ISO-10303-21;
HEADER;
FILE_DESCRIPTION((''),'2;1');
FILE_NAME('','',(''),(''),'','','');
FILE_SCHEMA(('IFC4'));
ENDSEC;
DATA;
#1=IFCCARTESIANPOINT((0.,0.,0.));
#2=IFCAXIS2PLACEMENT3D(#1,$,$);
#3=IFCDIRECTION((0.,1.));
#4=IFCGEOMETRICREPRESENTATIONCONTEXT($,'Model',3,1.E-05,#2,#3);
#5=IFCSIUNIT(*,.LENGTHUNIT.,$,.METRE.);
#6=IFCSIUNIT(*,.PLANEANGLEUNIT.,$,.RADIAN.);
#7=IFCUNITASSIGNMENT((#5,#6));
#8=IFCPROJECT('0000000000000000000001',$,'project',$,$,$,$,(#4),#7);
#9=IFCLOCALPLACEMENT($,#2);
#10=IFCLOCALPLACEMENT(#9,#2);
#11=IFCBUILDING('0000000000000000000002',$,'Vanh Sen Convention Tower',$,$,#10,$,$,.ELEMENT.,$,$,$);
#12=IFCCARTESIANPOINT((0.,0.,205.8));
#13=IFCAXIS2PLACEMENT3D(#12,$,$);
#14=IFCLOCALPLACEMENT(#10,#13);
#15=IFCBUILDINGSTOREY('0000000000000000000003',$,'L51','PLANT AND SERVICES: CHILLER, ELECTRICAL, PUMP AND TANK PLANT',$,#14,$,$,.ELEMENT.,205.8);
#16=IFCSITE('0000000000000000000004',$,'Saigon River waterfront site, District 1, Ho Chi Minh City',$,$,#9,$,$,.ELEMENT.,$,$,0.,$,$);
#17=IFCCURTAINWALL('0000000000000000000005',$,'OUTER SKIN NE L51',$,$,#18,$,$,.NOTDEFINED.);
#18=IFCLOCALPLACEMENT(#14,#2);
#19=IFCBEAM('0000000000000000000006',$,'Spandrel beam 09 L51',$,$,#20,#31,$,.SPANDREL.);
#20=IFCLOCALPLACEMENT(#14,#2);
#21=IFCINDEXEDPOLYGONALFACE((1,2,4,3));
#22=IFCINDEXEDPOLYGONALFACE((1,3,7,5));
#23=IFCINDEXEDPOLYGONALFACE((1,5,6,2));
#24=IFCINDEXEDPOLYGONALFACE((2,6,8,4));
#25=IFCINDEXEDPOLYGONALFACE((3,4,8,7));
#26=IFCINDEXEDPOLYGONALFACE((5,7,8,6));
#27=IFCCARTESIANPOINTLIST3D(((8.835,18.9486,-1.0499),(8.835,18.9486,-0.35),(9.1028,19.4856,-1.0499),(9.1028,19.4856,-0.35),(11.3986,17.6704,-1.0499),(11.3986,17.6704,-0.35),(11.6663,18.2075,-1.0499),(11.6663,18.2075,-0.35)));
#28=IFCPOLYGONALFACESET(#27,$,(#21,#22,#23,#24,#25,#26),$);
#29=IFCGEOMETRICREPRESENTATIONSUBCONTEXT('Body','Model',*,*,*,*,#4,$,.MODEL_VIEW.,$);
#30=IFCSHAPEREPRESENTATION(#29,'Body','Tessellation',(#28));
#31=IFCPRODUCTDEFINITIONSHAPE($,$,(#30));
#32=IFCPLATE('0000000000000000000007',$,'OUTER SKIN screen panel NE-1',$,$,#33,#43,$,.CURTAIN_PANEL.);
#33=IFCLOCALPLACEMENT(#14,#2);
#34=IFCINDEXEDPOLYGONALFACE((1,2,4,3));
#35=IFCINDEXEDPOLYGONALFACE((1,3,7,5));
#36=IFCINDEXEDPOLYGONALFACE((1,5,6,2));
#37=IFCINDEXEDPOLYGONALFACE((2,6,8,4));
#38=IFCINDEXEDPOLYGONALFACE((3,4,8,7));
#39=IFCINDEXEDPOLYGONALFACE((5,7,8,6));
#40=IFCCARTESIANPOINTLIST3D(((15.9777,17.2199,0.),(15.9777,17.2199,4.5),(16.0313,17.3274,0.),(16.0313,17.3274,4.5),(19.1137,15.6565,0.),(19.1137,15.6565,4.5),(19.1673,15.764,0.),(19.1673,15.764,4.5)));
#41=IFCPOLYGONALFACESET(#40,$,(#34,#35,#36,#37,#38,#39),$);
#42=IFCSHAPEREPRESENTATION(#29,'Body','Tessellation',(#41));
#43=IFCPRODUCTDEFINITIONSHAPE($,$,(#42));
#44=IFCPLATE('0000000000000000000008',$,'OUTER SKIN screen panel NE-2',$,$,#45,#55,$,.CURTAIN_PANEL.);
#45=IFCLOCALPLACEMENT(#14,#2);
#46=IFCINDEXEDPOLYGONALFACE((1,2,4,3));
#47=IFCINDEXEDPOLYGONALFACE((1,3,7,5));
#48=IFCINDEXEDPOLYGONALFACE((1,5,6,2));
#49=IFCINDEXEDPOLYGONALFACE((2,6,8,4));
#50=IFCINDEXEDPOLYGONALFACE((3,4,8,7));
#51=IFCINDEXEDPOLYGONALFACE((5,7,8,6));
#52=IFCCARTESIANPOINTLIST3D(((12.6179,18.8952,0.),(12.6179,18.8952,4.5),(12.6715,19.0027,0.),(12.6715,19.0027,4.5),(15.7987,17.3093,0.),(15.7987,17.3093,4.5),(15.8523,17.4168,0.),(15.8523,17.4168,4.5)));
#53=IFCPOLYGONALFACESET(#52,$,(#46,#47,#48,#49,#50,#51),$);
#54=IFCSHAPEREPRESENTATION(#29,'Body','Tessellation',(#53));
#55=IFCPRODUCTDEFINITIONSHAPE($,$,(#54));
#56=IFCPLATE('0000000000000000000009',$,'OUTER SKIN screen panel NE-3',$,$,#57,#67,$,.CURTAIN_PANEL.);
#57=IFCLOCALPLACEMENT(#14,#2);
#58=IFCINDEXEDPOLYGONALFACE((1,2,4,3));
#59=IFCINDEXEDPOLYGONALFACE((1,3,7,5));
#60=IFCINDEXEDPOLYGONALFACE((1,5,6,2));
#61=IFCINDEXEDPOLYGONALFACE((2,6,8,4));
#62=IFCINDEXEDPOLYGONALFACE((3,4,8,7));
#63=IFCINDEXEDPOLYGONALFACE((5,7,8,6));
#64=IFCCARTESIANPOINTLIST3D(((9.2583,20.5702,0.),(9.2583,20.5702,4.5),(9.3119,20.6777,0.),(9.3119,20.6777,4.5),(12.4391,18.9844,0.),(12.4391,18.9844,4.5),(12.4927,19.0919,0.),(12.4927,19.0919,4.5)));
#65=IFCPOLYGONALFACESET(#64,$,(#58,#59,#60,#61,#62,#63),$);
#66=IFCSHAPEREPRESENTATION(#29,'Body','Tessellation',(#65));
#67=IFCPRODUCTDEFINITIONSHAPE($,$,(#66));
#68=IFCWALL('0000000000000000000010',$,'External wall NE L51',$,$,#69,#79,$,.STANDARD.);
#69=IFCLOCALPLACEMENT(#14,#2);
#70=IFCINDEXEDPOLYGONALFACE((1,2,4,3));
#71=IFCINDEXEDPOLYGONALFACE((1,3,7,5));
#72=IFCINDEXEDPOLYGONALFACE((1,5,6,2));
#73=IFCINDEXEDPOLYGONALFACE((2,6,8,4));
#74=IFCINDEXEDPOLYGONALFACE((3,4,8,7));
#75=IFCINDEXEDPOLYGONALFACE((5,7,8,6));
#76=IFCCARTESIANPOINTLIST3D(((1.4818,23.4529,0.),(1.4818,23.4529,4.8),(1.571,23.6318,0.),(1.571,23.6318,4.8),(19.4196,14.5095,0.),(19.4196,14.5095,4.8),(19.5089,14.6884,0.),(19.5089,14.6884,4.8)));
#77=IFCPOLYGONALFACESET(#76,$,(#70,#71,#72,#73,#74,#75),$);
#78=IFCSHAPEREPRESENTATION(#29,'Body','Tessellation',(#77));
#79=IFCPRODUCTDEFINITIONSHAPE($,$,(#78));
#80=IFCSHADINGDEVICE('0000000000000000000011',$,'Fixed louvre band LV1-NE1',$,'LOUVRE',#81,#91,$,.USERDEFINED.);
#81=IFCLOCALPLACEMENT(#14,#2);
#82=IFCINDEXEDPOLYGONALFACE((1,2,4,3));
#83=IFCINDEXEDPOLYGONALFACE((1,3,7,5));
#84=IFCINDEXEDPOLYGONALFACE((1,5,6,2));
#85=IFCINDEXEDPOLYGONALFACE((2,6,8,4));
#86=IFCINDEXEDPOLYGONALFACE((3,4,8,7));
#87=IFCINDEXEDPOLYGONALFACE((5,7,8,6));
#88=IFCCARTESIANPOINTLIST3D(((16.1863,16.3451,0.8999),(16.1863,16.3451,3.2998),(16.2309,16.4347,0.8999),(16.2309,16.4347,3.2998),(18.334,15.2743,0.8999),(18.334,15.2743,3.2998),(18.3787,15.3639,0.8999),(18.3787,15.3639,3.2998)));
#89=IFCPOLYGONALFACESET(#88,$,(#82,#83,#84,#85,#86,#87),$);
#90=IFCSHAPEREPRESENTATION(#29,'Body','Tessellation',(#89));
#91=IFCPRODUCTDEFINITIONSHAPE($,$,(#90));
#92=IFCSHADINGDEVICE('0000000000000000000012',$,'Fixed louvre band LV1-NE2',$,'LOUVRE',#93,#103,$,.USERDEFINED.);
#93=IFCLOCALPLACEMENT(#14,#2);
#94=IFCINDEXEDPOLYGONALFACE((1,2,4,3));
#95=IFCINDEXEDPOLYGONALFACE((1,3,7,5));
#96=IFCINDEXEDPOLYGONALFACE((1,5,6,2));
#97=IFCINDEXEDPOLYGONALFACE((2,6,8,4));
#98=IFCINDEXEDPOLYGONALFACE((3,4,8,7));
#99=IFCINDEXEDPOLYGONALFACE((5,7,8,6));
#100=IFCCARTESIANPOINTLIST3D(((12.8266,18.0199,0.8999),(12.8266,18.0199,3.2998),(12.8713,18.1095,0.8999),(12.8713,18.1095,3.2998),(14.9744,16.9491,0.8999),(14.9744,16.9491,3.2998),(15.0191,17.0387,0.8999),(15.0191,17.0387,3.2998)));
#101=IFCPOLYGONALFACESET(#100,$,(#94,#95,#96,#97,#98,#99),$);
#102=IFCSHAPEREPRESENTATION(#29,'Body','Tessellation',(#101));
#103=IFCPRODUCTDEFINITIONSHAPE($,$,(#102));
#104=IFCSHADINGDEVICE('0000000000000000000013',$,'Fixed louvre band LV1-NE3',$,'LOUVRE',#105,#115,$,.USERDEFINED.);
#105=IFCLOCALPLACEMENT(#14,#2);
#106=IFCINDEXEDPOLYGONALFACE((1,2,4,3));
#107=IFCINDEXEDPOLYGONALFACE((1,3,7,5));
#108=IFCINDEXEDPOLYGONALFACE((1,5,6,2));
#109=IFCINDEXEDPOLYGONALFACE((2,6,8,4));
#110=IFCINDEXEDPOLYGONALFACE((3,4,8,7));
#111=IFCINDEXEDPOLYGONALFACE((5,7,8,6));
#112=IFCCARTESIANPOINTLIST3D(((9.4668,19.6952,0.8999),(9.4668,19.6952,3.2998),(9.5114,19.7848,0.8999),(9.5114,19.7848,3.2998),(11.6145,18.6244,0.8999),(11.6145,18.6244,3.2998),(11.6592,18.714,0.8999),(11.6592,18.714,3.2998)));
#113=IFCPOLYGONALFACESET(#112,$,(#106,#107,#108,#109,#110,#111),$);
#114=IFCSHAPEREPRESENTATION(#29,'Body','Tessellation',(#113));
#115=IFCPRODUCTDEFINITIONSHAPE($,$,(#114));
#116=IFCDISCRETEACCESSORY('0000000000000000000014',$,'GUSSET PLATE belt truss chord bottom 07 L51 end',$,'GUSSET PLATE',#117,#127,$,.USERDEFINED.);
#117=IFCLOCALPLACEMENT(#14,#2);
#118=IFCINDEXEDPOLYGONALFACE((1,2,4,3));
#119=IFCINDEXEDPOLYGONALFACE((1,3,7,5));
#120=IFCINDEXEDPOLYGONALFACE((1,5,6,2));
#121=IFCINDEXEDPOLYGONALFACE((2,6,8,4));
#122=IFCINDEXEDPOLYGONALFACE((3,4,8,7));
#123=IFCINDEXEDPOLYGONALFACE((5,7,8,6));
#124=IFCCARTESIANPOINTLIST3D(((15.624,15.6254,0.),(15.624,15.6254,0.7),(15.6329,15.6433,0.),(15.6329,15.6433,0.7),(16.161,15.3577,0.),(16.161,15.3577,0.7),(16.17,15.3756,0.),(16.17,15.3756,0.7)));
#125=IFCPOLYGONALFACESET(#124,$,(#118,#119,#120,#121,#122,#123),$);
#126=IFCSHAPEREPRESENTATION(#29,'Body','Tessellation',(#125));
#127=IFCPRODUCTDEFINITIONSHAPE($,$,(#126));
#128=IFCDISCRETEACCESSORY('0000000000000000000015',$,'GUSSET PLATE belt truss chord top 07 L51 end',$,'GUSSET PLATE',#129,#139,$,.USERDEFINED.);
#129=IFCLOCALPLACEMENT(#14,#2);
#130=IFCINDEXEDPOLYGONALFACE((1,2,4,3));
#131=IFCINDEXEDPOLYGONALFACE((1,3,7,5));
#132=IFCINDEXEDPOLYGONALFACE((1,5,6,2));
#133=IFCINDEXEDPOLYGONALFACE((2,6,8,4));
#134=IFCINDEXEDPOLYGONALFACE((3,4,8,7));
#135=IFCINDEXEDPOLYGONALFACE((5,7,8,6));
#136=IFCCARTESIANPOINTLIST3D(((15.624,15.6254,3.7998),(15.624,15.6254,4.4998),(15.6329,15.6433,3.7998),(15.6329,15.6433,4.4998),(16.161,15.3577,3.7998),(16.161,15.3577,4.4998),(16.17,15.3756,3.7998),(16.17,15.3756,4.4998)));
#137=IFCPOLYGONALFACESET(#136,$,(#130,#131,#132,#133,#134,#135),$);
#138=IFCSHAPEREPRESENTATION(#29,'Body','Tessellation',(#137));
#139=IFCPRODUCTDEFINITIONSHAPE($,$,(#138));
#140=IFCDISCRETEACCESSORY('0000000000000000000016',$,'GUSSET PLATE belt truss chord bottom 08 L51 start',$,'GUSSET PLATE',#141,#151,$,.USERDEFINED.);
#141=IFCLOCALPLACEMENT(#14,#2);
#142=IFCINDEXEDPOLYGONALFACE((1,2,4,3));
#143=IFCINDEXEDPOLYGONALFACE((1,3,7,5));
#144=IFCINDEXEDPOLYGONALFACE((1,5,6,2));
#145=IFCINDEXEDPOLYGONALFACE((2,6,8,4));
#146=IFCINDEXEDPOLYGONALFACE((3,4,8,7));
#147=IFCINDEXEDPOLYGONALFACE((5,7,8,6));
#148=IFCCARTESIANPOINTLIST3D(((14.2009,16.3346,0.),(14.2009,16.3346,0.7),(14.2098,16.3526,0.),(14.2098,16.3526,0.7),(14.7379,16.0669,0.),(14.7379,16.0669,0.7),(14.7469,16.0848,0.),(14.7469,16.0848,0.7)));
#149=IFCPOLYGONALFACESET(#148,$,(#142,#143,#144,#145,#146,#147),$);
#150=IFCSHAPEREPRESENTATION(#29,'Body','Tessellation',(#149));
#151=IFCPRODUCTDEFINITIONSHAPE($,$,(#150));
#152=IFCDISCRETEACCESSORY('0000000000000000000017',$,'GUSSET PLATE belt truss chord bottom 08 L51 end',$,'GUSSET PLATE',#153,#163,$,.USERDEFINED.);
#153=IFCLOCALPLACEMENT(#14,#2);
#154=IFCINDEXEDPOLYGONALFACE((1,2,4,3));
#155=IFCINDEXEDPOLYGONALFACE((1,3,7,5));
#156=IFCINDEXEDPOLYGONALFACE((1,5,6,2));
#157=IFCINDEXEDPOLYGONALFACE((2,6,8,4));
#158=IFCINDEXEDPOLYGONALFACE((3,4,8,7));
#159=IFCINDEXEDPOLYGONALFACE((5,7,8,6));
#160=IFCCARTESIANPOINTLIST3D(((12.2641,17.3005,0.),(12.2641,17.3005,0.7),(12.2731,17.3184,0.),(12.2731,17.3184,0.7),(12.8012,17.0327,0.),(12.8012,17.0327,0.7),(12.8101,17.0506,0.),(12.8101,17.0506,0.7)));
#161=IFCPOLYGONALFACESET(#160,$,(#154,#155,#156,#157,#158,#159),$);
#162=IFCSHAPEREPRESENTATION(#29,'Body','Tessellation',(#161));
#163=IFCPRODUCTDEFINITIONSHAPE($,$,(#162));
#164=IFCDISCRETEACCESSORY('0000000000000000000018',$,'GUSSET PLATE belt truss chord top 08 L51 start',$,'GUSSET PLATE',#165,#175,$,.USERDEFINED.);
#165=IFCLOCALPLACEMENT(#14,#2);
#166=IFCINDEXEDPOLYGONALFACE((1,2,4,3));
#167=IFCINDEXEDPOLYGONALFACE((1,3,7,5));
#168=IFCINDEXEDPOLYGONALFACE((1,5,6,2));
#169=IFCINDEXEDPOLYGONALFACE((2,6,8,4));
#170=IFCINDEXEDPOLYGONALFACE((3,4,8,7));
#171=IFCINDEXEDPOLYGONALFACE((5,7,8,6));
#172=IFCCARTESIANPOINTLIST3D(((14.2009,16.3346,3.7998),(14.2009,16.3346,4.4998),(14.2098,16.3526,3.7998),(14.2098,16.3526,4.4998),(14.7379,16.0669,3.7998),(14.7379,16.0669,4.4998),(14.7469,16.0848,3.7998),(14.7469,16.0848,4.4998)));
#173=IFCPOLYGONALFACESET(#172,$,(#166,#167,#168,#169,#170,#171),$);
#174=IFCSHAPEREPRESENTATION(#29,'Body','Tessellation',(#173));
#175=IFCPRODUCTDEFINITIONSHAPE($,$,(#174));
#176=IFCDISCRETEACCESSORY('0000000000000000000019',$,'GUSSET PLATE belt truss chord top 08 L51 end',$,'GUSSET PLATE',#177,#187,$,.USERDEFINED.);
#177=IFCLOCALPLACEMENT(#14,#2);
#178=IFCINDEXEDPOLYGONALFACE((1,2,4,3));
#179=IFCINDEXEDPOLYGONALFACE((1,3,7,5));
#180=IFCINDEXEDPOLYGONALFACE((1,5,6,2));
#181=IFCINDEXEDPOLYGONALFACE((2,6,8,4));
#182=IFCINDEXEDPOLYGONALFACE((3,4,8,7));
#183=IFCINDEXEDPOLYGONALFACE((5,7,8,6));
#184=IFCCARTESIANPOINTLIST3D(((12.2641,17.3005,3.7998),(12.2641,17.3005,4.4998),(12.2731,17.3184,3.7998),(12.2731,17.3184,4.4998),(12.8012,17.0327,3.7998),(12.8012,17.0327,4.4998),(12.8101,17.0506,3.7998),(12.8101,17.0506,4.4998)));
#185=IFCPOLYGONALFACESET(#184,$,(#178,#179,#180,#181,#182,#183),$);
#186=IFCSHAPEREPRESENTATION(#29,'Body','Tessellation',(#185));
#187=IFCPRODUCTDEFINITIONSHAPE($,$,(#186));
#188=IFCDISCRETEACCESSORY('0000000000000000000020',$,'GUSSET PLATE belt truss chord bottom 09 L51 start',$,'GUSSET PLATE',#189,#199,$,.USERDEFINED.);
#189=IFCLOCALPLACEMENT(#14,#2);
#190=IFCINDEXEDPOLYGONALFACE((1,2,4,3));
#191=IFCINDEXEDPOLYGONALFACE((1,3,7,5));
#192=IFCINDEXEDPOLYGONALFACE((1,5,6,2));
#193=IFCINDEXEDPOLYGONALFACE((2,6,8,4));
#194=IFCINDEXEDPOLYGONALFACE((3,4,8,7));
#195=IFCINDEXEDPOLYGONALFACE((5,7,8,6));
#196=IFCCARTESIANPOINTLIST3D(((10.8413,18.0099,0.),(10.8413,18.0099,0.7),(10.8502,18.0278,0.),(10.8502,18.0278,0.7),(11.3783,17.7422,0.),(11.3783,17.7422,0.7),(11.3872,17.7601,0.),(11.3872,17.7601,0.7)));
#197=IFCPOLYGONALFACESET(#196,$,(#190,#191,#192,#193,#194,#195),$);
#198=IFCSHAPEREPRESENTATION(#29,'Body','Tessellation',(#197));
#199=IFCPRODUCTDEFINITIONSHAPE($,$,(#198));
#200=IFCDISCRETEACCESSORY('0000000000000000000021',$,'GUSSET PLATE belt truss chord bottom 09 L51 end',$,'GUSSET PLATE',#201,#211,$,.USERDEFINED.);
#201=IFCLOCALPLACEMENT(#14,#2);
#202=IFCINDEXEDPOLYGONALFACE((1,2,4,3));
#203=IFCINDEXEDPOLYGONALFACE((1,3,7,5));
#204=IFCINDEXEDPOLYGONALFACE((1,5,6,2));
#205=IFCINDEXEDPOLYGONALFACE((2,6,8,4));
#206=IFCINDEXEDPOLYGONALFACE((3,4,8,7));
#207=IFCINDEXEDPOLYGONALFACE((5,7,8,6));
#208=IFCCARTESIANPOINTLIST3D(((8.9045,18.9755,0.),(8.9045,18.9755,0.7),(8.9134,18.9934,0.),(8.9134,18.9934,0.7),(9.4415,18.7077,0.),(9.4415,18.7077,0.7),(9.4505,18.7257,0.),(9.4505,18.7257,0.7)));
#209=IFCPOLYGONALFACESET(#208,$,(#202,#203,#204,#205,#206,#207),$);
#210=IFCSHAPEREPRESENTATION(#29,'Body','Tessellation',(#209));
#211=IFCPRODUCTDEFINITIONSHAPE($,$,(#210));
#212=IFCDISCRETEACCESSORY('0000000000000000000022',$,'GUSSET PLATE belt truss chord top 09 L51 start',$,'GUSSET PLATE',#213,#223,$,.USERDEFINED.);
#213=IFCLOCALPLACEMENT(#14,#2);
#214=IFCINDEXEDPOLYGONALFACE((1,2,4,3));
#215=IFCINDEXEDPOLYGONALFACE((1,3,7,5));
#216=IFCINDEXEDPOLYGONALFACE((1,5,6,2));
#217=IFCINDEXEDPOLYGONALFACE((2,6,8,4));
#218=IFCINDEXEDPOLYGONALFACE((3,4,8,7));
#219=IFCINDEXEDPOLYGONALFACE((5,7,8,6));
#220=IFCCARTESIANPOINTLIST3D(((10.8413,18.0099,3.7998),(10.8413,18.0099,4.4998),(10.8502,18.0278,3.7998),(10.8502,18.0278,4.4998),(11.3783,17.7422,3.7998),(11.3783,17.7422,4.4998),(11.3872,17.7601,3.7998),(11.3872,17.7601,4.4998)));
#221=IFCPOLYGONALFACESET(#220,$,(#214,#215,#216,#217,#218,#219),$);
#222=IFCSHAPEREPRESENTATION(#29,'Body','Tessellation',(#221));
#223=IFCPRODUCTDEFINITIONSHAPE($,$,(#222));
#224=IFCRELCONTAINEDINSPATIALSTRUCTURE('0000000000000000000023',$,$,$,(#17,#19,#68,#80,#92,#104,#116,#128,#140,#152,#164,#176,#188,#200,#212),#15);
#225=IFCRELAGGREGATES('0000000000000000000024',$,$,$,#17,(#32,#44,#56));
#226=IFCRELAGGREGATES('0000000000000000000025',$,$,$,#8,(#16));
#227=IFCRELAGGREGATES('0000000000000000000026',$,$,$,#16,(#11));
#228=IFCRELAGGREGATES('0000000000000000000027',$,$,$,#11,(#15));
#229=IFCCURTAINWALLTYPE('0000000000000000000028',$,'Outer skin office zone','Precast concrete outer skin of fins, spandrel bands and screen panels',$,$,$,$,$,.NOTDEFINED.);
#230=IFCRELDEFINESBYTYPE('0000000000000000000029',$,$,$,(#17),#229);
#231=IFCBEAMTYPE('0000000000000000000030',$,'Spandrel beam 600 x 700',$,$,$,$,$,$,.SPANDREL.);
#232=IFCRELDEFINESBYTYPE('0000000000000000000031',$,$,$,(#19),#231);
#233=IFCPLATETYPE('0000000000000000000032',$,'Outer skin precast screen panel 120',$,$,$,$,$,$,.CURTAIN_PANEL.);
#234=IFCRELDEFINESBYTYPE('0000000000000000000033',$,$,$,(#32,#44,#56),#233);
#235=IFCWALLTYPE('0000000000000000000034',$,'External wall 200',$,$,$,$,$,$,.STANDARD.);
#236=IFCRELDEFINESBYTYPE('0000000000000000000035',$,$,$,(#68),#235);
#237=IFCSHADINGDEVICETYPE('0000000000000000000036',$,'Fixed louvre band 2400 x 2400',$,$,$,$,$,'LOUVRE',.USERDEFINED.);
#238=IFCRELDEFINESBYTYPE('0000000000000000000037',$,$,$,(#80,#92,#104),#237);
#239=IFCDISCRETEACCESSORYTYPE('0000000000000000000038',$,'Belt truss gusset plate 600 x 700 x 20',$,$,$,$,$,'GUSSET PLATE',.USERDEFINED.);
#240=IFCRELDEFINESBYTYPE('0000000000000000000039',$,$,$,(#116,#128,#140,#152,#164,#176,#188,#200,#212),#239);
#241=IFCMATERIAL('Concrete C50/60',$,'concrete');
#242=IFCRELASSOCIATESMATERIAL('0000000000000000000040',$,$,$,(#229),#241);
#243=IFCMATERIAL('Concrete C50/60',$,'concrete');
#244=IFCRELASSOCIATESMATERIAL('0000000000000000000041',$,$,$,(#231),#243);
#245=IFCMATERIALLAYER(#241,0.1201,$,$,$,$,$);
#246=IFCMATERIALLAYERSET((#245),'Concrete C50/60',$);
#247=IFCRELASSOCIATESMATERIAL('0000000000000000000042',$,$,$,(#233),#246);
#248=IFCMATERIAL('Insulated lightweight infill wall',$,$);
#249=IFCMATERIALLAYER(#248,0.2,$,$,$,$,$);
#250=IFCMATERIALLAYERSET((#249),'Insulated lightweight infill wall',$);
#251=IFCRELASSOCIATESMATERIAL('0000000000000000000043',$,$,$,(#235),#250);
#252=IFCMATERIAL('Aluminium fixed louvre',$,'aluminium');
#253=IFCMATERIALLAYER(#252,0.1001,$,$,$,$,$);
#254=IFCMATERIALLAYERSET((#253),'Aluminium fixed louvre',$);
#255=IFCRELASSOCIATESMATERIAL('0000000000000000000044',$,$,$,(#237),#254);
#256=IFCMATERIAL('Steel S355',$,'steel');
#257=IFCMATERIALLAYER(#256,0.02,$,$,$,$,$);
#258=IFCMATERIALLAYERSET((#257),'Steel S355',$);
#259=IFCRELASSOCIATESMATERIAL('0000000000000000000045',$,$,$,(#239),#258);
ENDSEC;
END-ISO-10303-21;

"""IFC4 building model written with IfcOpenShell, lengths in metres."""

from ifc_helpers import new_model, si_unit, direction, frame, frame_2d, origin, origin_2d, place, context, subcontext, project, spatial, rectangle, extrude, material, layer, layer_set, material_profile, profile_set, type_object, element, aggregate, save


model = new_model("IFC4")

# Units and contexts
model_context = context("Model", 3, precision=1e-05, world=origin(), true_north=direction((0.0, 1.0)))
body_context = subcontext(model_context, "Body", "Model", "MODEL_VIEW")
ifc_project = project(units=[si_unit("LENGTHUNIT", "METRE"), si_unit("PLANEANGLEUNIT", "RADIAN")], contexts=[model_context])

# Site, building, storey
site_placement = place(None, origin())
site = spatial("IfcSite", under=ifc_project, at=site_placement, Name="Saigon River waterfront site, District 1, Ho Chi Minh City", CompositionType="ELEMENT", RefElevation=0.0)
building_placement = place(site_placement, origin())
building = spatial("IfcBuilding", under=site, at=building_placement, Name="Vanh Sen Convention Tower", CompositionType="ELEMENT")
storey_placement = place(building_placement, frame((0.0, 0.0, 205.8)))
storey = spatial("IfcBuildingStorey", under=building, at=storey_placement, Name="L51", Description="PLANT AND SERVICES: CHILLER, ELECTRICAL, PUMP AND TANK PLANT", CompositionType="ELEMENT", Elevation=205.8)

# Shared definitions
ifc_material_1 = material(Name="Steel S355", Category="steel")

# Curtain wall
ifc_material_2 = material(Name="Concrete C50/60", Category="concrete")
curtain_wall_type = type_object("IfcCurtainWallType", Name="Outer skin office zone", Description="Precast concrete outer skin of fins, spandrel bands and screen panels", PredefinedType="NOTDEFINED", material=ifc_material_2)
curtain_wall_placement = place(storey_placement, origin())
curtain_wall = element("IfcCurtainWall", 1, at=curtain_wall_placement, inside=storey, type_object=curtain_wall_type, Name="OUTER SKIN NE L51", PredefinedType="NOTDEFINED")

# Beam
ifc_material_3 = material(Name="Concrete C50/60", Category="concrete")
ifc_material_profile_1 = material_profile(ifc_material_3, rectangle(XDim=0.6001, YDim=0.7, at=origin_2d()), Name="RC 600X700")
ifc_profile_set_1 = profile_set([ifc_material_profile_1], Name="Concrete C50/60")
beam_type_1 = type_object("IfcBeamType", Name="Spandrel beam 600 x 700", PredefinedType="SPANDREL", material=ifc_profile_set_1)
beam_1_placement = place(storey_placement, frame((11.5325, 17.939, -0.7), z_axis=(-0.894938, 0.446191, 0.0), x_axis=(-0.446191, -0.894938, 0.0)))
element("IfcBeam", 2, at=beam_1_placement, inside=storey, type_object=beam_type_1, Name="Spandrel beam 09 L51", PredefinedType="SPANDREL", context=body_context, shape_type="SweptSolid", body=[
    extrude(rectangle(XDim=0.6001, YDim=0.7, at=origin_2d()), origin(), (0.0, 0.0, 1.0), 2.8645),
])

# Plates
ifc_layer_1 = layer(ifc_material_2, 0.1201)
ifc_layer_set_1 = layer_set([ifc_layer_1], Name="Concrete C50/60")
plate_type = type_object("IfcPlateType", Name="Outer skin precast screen panel 120", PredefinedType="CURTAIN_PANEL", material=ifc_layer_set_1)
plate_1_placement = place(storey_placement, frame((17.5725, 16.4919, 0.0), z_axis=(0.0, 0.0, 1.0), x_axis=(-0.894944, 0.446179, 0.0)))
plate_1 = element("IfcPlate", 3, at=plate_1_placement, type_object=plate_type, Name="OUTER SKIN screen panel NE-1", PredefinedType="CURTAIN_PANEL", context=body_context, shape_type="SweptSolid", body=[
    extrude(rectangle(XDim=3.5042, YDim=0.1201, at=origin_2d()), origin(), (0.0, 0.0, 1.0), 4.5),
])
plate_2_placement = place(storey_placement, frame((14.2351, 18.156, 0.0), z_axis=(0.0, 0.0, 1.0), x_axis=(-0.894933, 0.446201, 0.0)))
plate_2 = element("IfcPlate", 4, at=plate_2_placement, type_object=plate_type, Name="OUTER SKIN screen panel NE-2", PredefinedType="CURTAIN_PANEL", context=body_context, shape_type="SweptSolid", body=[
    extrude(rectangle(XDim=3.5542, YDim=0.1201, at=origin_2d()), origin(), (0.0, 0.0, 1.0), 4.5),
])
plate_3_placement = place(storey_placement, frame((10.8755, 19.8311, 0.0), z_axis=(0.0, 0.0, 1.0), x_axis=(-0.894933, 0.446201, 0.0)))
plate_3 = element("IfcPlate", 5, at=plate_3_placement, type_object=plate_type, Name="OUTER SKIN screen panel NE-3", PredefinedType="CURTAIN_PANEL", context=body_context, shape_type="SweptSolid", body=[
    extrude(rectangle(XDim=3.5542, YDim=0.1201, at=origin_2d()), origin(), (0.0, 0.0, 1.0), 4.5),
])
aggregate(curtain_wall, [plate_1, plate_2, plate_3])

# Wall
ifc_material_4 = material(Name="Insulated lightweight infill wall")
ifc_layer_2 = layer(ifc_material_4, 0.2)
ifc_layer_set_2 = layer_set([ifc_layer_2], Name="Insulated lightweight infill wall")
wall_type = type_object("IfcWallType", Name="External wall 200", PredefinedType="STANDARD", material=ifc_layer_set_2)
wall_placement = place(storey_placement, frame((19.4644, 14.5989, 0.0), z_axis=(0.0, 0.0, 1.0), x_axis=(-0.894936, 0.446195, 0.0)))
element("IfcWall", 6, at=wall_placement, inside=storey, type_object=wall_type, Name="External wall NE L51", PredefinedType="STANDARD", context=body_context, shape_type="SweptSolid", body=[
    extrude(rectangle(XDim=20.0437, YDim=0.2, at=frame_2d((10.022, 0.0))), origin(), (0.0, 0.0, 1.0), 4.8),
])

# Shading devices
ifc_material_5 = material(Name="Aluminium fixed louvre", Category="aluminium")
ifc_layer_3 = layer(ifc_material_5, 0.1001)
ifc_layer_set_3 = layer_set([ifc_layer_3], Name="Aluminium fixed louvre")
shading_device_type = type_object("IfcShadingDeviceType", Name="Fixed louvre band 2400 x 2400", ElementType="LOUVRE", PredefinedType="USERDEFINED", material=ifc_layer_set_3)
for number, where, z_axis, x_axis, name in (
    (7, (17.2825, 15.8545, 0.8999), (0.0, 0.0, 1.0), (-0.894936, 0.446195, 0.0), "Fixed louvre band LV1-NE1"),
    (8, (13.9229, 17.5293, 0.8999), (0.0, 0.0, 1.0), (-0.894936, 0.446195, 0.0), "Fixed louvre band LV1-NE2"),
    (9, (10.563, 19.2046, 0.8999), (0.0, 0.0, 1.0), (-0.894936, 0.446195, 0.0), "Fixed louvre band LV1-NE3"),
):
    element("IfcShadingDevice", number, at=place(storey_placement, frame(where, z_axis=z_axis, x_axis=x_axis)), inside=storey, type_object=shading_device_type, Name=name, ObjectType="LOUVRE", PredefinedType="USERDEFINED", context=body_context, shape_type="SweptSolid", body=[
        extrude(rectangle(XDim=2.3999, YDim=0.1001, at=origin_2d()), origin(), (0.0, 0.0, 1.0), 2.3999),
    ])

# Discrete accessories
ifc_layer_4 = layer(ifc_material_1, 0.02)
ifc_layer_set_4 = layer_set([ifc_layer_4], Name="Steel S355")
discrete_accessory_type_1 = type_object("IfcDiscreteAccessoryType", Name="Belt truss gusset plate 600 x 700 x 20", ElementType="GUSSET PLATE", PredefinedType="USERDEFINED", material=ifc_layer_set_4)
for number, where, z_axis, x_axis, name in (
    (10, (15.897, 15.5005, 0.0), (0.0, 0.0, 1.0), (0.894944, -0.446179, 0.0), "GUSSET PLATE belt truss chord bottom 07 L51 end"),
    (11, (15.897, 15.5005, 3.7998), (0.0, 0.0, 1.0), (0.894944, -0.446179, 0.0), "GUSSET PLATE belt truss chord top 07 L51 end"),
    (12, (14.4739, 16.2097, 0.0), (0.0, 0.0, 1.0), (-0.894933, 0.446201, 0.0), "GUSSET PLATE belt truss chord bottom 08 L51 start"),
    (13, (12.5371, 17.1755, 0.0), (0.0, 0.0, 1.0), (0.894933, -0.446201, 0.0), "GUSSET PLATE belt truss chord bottom 08 L51 end"),
    (14, (14.4739, 16.2097, 3.7998), (0.0, 0.0, 1.0), (-0.894933, 0.446201, 0.0), "GUSSET PLATE belt truss chord top 08 L51 start"),
    (15, (12.5371, 17.1755, 3.7998), (0.0, 0.0, 1.0), (0.894933, -0.446201, 0.0), "GUSSET PLATE belt truss chord top 08 L51 end"),
    (16, (11.1143, 17.885, 0.0), (0.0, 0.0, 1.0), (-0.894933, 0.446201, 0.0), "GUSSET PLATE belt truss chord bottom 09 L51 start"),
    (17, (9.1775, 18.8506, 0.0), (0.0, 0.0, 1.0), (0.894933, -0.446201, 0.0), "GUSSET PLATE belt truss chord bottom 09 L51 end"),
    (18, (11.1143, 17.885, 3.7998), (0.0, 0.0, 1.0), (-0.894933, 0.446201, 0.0), "GUSSET PLATE belt truss chord top 09 L51 start"),
):
    element("IfcDiscreteAccessory", number, at=place(storey_placement, frame(where, z_axis=z_axis, x_axis=x_axis)), inside=storey, type_object=discrete_accessory_type_1, Name=name, ObjectType="GUSSET PLATE", PredefinedType="USERDEFINED", context=body_context, shape_type="SweptSolid", body=[
        extrude(rectangle(XDim=0.6001, YDim=0.02, at=origin_2d()), origin(), (0.0, 0.0, 1.0), 0.7),
    ])

save(model, "model.ifc")
